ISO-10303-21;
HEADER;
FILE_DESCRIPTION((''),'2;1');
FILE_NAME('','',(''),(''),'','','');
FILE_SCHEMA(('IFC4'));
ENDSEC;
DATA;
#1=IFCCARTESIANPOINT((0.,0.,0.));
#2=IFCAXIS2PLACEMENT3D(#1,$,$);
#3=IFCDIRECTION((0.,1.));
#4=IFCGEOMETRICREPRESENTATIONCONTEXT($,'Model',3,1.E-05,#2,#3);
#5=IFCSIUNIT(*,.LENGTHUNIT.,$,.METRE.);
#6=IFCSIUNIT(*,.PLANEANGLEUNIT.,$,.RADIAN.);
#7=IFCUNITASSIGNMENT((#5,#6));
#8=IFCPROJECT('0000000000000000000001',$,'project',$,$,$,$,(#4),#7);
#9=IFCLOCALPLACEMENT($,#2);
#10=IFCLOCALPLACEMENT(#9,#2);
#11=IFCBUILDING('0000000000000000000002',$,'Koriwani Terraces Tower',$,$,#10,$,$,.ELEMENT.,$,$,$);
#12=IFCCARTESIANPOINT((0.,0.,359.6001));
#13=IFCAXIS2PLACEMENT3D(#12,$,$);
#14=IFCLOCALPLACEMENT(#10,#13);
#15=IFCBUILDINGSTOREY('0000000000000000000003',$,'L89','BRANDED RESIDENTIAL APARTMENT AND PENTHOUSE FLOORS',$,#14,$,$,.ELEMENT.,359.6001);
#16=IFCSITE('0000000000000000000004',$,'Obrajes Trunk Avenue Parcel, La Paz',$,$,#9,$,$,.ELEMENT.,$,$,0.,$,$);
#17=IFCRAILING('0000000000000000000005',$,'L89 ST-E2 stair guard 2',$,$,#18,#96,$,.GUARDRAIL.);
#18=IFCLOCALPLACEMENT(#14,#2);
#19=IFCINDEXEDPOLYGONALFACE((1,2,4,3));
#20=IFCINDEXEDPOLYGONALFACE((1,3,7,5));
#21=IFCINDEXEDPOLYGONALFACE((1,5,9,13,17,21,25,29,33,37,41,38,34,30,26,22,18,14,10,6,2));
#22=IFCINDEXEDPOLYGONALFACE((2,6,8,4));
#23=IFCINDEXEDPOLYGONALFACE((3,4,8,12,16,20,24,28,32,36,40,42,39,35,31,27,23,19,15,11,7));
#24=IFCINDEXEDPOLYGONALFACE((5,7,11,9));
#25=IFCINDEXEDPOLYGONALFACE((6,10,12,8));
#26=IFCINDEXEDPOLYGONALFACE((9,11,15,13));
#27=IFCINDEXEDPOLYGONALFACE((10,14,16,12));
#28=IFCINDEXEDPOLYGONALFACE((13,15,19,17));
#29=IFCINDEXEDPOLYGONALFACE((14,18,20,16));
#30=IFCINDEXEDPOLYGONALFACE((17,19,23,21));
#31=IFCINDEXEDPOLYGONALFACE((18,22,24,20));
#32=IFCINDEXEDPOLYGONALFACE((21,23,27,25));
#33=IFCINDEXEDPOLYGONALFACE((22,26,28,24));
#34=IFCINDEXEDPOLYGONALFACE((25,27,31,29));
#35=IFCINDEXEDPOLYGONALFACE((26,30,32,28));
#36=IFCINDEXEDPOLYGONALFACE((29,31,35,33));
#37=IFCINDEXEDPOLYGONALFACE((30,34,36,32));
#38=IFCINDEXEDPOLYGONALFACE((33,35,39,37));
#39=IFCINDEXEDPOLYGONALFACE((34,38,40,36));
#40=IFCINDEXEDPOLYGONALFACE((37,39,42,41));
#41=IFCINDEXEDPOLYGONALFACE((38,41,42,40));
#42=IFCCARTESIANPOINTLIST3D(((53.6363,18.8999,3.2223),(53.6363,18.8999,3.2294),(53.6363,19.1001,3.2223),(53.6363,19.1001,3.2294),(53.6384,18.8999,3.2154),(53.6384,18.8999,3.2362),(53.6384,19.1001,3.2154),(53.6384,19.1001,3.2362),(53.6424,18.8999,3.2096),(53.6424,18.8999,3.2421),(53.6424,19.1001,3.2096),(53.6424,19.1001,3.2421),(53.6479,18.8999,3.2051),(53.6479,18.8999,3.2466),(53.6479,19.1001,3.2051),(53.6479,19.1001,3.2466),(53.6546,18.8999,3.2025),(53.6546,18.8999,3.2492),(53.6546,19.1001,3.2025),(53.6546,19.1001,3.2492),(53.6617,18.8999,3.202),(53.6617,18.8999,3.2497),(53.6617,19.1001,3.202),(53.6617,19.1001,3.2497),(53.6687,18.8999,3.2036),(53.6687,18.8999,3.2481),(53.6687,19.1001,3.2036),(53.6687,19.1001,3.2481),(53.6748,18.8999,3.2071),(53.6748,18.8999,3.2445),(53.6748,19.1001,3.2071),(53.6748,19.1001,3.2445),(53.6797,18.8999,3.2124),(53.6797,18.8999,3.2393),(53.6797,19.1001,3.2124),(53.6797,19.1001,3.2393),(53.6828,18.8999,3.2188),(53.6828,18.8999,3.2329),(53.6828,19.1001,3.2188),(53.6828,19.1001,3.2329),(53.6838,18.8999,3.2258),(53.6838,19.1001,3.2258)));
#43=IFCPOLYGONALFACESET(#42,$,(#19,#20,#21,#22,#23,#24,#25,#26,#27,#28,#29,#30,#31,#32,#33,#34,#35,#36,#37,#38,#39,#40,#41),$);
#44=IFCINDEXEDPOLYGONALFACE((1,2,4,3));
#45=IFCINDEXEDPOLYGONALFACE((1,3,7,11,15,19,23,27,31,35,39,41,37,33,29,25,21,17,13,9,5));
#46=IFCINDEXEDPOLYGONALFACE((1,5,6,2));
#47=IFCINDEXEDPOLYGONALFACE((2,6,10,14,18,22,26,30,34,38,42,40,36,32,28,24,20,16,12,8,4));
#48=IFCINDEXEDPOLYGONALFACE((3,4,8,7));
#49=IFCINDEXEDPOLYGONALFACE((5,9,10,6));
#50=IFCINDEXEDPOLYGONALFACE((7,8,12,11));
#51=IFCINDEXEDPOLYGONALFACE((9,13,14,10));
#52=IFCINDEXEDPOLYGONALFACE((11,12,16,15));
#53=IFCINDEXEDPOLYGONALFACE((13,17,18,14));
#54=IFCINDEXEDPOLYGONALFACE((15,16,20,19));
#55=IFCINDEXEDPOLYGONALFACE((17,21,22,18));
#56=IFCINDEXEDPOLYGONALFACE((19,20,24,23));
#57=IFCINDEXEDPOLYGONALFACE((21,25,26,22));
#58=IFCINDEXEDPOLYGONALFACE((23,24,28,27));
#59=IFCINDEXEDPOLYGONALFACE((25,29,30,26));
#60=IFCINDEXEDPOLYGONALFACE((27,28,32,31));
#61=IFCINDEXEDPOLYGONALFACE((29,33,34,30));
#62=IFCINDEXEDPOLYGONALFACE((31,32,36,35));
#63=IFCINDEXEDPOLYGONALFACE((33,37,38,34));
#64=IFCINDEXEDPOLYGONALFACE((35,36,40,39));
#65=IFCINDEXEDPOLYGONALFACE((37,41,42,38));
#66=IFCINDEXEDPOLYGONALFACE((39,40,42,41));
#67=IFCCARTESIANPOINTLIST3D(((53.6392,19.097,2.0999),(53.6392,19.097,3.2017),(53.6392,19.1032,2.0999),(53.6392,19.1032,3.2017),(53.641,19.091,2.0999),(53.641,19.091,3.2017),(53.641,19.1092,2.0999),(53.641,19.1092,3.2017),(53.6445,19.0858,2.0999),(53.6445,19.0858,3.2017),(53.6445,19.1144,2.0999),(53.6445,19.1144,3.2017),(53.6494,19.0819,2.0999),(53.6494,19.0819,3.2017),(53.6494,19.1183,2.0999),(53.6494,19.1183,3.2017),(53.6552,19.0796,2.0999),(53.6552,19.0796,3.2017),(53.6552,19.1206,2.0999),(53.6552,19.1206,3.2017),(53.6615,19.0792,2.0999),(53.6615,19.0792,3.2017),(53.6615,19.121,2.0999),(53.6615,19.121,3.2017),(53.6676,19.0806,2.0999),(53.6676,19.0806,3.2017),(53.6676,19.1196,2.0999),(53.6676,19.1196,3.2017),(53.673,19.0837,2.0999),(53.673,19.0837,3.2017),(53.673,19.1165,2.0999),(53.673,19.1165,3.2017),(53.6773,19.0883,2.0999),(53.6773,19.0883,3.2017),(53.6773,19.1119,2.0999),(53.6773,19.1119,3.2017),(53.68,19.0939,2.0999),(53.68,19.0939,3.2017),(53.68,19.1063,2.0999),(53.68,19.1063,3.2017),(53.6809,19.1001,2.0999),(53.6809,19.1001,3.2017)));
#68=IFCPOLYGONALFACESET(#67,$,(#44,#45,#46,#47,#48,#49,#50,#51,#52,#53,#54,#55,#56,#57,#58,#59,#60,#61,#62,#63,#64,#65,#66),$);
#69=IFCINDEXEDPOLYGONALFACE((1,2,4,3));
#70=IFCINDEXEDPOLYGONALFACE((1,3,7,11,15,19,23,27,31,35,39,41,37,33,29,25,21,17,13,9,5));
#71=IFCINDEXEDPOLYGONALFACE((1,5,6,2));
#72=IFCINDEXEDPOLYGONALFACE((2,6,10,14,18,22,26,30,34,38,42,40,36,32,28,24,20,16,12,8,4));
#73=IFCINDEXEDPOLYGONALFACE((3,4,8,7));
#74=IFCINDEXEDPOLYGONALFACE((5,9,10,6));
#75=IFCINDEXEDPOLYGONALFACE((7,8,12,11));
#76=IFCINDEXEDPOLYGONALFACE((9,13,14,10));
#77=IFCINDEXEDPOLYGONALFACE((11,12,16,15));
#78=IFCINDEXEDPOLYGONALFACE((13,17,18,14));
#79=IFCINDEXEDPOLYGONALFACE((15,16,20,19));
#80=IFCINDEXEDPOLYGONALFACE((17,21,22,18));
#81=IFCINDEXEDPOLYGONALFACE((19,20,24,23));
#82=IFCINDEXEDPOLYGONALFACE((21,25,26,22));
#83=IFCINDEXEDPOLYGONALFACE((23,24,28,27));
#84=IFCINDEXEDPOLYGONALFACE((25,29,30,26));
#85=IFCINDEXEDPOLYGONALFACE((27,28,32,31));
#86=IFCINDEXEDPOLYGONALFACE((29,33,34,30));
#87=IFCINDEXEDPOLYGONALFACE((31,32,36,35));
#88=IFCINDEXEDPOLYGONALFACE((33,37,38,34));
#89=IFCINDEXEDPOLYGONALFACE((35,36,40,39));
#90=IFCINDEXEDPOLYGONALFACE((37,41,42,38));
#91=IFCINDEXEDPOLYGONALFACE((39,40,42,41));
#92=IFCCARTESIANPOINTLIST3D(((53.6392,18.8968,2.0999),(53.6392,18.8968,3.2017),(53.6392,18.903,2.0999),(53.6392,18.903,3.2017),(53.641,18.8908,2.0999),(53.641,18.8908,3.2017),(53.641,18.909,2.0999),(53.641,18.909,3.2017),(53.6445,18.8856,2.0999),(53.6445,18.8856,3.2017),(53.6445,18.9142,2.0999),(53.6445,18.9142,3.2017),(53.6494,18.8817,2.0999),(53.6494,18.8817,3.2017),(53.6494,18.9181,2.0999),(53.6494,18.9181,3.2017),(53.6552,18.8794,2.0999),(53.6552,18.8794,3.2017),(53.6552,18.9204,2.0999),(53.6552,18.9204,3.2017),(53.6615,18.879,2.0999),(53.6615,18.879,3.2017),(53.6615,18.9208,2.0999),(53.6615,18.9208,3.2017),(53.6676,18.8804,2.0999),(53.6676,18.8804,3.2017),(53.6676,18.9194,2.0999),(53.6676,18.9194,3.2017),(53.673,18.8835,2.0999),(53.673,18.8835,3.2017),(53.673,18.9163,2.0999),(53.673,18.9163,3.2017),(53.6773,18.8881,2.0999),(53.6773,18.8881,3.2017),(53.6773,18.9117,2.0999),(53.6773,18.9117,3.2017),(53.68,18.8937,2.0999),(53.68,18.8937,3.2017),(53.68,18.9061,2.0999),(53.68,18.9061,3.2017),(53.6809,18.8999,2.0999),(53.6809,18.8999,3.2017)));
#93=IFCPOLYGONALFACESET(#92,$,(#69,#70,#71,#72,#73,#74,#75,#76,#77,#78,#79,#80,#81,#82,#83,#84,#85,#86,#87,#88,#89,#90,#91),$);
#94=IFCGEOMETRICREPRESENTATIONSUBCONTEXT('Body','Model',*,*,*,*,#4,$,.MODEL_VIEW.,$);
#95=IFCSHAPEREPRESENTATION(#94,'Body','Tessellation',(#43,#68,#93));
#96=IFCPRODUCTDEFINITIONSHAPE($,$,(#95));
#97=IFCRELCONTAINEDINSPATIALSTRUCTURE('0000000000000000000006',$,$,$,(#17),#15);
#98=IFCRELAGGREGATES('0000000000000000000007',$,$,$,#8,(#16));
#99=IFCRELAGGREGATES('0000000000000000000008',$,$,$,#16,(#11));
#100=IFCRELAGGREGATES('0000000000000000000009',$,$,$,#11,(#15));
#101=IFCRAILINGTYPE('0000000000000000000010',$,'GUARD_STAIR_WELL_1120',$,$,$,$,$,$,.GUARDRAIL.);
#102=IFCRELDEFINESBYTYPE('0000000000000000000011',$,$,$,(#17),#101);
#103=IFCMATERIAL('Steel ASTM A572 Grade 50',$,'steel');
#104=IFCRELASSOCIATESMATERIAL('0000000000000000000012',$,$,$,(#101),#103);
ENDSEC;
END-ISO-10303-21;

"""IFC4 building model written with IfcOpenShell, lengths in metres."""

from ifc_helpers import new_model, si_unit, direction, frame, origin, origin_2d, place, context, subcontext, project, spatial, circle, extrude, material, type_object, element, save


model = new_model("IFC4")

# Units and contexts
model_context = context("Model", 3, precision=1e-05, world=origin(), true_north=direction((0.0, 1.0)))
body_context = subcontext(model_context, "Body", "Model", "MODEL_VIEW")
ifc_project = project(units=[si_unit("LENGTHUNIT", "METRE"), si_unit("PLANEANGLEUNIT", "RADIAN")], contexts=[model_context])

# Site, building, storey
site_placement = place(None, origin())
site = spatial("IfcSite", under=ifc_project, at=site_placement, Name="Obrajes Trunk Avenue Parcel, La Paz", CompositionType="ELEMENT", RefElevation=0.0)
building_placement = place(site_placement, origin())
building = spatial("IfcBuilding", under=site, at=building_placement, Name="Koriwani Terraces Tower", CompositionType="ELEMENT")
storey_placement = place(building_placement, frame((0.0, 0.0, 359.6001)))
storey = spatial("IfcBuildingStorey", under=building, at=storey_placement, Name="L89", Description="BRANDED RESIDENTIAL APARTMENT AND PENTHOUSE FLOORS", CompositionType="ELEMENT", Elevation=359.6001)

# Shared definitions
ifc_material_1 = material(Name="Steel ASTM A572 Grade 50", Category="steel")

# Railing
railing_type_1 = type_object("IfcRailingType", Name="GUARD_STAIR_WELL_1120", PredefinedType="GUARDRAIL", material=ifc_material_1)
railing_1_placement = place(storey_placement, frame((53.6599, 19.1001, 2.0999)))
element("IfcRailing", 1, at=railing_1_placement, inside=storey, type_object=railing_type_1, Name="L89 ST-E2 stair guard 2", PredefinedType="GUARDRAIL", context=body_context, shape_type="SweptSolid", body=[
    extrude(circle(Radius=0.0239, at=origin_2d()), frame((0.0, 0.0, 1.126), z_axis=(0.0, -1.0, 0.0), x_axis=(1.0, 0.0, 0.0)), (0.0, 0.0, 1.0), 0.2002),
    extrude(circle(Radius=0.021, at=origin_2d()), origin(), (0.0, 0.0, 1.0), 1.1018),
    extrude(circle(Radius=0.021, at=origin_2d()), frame((0.0, -0.2002, 0.0)), (0.0, 0.0, 1.0), 1.1018),
])

save(model, "model.ifc")
